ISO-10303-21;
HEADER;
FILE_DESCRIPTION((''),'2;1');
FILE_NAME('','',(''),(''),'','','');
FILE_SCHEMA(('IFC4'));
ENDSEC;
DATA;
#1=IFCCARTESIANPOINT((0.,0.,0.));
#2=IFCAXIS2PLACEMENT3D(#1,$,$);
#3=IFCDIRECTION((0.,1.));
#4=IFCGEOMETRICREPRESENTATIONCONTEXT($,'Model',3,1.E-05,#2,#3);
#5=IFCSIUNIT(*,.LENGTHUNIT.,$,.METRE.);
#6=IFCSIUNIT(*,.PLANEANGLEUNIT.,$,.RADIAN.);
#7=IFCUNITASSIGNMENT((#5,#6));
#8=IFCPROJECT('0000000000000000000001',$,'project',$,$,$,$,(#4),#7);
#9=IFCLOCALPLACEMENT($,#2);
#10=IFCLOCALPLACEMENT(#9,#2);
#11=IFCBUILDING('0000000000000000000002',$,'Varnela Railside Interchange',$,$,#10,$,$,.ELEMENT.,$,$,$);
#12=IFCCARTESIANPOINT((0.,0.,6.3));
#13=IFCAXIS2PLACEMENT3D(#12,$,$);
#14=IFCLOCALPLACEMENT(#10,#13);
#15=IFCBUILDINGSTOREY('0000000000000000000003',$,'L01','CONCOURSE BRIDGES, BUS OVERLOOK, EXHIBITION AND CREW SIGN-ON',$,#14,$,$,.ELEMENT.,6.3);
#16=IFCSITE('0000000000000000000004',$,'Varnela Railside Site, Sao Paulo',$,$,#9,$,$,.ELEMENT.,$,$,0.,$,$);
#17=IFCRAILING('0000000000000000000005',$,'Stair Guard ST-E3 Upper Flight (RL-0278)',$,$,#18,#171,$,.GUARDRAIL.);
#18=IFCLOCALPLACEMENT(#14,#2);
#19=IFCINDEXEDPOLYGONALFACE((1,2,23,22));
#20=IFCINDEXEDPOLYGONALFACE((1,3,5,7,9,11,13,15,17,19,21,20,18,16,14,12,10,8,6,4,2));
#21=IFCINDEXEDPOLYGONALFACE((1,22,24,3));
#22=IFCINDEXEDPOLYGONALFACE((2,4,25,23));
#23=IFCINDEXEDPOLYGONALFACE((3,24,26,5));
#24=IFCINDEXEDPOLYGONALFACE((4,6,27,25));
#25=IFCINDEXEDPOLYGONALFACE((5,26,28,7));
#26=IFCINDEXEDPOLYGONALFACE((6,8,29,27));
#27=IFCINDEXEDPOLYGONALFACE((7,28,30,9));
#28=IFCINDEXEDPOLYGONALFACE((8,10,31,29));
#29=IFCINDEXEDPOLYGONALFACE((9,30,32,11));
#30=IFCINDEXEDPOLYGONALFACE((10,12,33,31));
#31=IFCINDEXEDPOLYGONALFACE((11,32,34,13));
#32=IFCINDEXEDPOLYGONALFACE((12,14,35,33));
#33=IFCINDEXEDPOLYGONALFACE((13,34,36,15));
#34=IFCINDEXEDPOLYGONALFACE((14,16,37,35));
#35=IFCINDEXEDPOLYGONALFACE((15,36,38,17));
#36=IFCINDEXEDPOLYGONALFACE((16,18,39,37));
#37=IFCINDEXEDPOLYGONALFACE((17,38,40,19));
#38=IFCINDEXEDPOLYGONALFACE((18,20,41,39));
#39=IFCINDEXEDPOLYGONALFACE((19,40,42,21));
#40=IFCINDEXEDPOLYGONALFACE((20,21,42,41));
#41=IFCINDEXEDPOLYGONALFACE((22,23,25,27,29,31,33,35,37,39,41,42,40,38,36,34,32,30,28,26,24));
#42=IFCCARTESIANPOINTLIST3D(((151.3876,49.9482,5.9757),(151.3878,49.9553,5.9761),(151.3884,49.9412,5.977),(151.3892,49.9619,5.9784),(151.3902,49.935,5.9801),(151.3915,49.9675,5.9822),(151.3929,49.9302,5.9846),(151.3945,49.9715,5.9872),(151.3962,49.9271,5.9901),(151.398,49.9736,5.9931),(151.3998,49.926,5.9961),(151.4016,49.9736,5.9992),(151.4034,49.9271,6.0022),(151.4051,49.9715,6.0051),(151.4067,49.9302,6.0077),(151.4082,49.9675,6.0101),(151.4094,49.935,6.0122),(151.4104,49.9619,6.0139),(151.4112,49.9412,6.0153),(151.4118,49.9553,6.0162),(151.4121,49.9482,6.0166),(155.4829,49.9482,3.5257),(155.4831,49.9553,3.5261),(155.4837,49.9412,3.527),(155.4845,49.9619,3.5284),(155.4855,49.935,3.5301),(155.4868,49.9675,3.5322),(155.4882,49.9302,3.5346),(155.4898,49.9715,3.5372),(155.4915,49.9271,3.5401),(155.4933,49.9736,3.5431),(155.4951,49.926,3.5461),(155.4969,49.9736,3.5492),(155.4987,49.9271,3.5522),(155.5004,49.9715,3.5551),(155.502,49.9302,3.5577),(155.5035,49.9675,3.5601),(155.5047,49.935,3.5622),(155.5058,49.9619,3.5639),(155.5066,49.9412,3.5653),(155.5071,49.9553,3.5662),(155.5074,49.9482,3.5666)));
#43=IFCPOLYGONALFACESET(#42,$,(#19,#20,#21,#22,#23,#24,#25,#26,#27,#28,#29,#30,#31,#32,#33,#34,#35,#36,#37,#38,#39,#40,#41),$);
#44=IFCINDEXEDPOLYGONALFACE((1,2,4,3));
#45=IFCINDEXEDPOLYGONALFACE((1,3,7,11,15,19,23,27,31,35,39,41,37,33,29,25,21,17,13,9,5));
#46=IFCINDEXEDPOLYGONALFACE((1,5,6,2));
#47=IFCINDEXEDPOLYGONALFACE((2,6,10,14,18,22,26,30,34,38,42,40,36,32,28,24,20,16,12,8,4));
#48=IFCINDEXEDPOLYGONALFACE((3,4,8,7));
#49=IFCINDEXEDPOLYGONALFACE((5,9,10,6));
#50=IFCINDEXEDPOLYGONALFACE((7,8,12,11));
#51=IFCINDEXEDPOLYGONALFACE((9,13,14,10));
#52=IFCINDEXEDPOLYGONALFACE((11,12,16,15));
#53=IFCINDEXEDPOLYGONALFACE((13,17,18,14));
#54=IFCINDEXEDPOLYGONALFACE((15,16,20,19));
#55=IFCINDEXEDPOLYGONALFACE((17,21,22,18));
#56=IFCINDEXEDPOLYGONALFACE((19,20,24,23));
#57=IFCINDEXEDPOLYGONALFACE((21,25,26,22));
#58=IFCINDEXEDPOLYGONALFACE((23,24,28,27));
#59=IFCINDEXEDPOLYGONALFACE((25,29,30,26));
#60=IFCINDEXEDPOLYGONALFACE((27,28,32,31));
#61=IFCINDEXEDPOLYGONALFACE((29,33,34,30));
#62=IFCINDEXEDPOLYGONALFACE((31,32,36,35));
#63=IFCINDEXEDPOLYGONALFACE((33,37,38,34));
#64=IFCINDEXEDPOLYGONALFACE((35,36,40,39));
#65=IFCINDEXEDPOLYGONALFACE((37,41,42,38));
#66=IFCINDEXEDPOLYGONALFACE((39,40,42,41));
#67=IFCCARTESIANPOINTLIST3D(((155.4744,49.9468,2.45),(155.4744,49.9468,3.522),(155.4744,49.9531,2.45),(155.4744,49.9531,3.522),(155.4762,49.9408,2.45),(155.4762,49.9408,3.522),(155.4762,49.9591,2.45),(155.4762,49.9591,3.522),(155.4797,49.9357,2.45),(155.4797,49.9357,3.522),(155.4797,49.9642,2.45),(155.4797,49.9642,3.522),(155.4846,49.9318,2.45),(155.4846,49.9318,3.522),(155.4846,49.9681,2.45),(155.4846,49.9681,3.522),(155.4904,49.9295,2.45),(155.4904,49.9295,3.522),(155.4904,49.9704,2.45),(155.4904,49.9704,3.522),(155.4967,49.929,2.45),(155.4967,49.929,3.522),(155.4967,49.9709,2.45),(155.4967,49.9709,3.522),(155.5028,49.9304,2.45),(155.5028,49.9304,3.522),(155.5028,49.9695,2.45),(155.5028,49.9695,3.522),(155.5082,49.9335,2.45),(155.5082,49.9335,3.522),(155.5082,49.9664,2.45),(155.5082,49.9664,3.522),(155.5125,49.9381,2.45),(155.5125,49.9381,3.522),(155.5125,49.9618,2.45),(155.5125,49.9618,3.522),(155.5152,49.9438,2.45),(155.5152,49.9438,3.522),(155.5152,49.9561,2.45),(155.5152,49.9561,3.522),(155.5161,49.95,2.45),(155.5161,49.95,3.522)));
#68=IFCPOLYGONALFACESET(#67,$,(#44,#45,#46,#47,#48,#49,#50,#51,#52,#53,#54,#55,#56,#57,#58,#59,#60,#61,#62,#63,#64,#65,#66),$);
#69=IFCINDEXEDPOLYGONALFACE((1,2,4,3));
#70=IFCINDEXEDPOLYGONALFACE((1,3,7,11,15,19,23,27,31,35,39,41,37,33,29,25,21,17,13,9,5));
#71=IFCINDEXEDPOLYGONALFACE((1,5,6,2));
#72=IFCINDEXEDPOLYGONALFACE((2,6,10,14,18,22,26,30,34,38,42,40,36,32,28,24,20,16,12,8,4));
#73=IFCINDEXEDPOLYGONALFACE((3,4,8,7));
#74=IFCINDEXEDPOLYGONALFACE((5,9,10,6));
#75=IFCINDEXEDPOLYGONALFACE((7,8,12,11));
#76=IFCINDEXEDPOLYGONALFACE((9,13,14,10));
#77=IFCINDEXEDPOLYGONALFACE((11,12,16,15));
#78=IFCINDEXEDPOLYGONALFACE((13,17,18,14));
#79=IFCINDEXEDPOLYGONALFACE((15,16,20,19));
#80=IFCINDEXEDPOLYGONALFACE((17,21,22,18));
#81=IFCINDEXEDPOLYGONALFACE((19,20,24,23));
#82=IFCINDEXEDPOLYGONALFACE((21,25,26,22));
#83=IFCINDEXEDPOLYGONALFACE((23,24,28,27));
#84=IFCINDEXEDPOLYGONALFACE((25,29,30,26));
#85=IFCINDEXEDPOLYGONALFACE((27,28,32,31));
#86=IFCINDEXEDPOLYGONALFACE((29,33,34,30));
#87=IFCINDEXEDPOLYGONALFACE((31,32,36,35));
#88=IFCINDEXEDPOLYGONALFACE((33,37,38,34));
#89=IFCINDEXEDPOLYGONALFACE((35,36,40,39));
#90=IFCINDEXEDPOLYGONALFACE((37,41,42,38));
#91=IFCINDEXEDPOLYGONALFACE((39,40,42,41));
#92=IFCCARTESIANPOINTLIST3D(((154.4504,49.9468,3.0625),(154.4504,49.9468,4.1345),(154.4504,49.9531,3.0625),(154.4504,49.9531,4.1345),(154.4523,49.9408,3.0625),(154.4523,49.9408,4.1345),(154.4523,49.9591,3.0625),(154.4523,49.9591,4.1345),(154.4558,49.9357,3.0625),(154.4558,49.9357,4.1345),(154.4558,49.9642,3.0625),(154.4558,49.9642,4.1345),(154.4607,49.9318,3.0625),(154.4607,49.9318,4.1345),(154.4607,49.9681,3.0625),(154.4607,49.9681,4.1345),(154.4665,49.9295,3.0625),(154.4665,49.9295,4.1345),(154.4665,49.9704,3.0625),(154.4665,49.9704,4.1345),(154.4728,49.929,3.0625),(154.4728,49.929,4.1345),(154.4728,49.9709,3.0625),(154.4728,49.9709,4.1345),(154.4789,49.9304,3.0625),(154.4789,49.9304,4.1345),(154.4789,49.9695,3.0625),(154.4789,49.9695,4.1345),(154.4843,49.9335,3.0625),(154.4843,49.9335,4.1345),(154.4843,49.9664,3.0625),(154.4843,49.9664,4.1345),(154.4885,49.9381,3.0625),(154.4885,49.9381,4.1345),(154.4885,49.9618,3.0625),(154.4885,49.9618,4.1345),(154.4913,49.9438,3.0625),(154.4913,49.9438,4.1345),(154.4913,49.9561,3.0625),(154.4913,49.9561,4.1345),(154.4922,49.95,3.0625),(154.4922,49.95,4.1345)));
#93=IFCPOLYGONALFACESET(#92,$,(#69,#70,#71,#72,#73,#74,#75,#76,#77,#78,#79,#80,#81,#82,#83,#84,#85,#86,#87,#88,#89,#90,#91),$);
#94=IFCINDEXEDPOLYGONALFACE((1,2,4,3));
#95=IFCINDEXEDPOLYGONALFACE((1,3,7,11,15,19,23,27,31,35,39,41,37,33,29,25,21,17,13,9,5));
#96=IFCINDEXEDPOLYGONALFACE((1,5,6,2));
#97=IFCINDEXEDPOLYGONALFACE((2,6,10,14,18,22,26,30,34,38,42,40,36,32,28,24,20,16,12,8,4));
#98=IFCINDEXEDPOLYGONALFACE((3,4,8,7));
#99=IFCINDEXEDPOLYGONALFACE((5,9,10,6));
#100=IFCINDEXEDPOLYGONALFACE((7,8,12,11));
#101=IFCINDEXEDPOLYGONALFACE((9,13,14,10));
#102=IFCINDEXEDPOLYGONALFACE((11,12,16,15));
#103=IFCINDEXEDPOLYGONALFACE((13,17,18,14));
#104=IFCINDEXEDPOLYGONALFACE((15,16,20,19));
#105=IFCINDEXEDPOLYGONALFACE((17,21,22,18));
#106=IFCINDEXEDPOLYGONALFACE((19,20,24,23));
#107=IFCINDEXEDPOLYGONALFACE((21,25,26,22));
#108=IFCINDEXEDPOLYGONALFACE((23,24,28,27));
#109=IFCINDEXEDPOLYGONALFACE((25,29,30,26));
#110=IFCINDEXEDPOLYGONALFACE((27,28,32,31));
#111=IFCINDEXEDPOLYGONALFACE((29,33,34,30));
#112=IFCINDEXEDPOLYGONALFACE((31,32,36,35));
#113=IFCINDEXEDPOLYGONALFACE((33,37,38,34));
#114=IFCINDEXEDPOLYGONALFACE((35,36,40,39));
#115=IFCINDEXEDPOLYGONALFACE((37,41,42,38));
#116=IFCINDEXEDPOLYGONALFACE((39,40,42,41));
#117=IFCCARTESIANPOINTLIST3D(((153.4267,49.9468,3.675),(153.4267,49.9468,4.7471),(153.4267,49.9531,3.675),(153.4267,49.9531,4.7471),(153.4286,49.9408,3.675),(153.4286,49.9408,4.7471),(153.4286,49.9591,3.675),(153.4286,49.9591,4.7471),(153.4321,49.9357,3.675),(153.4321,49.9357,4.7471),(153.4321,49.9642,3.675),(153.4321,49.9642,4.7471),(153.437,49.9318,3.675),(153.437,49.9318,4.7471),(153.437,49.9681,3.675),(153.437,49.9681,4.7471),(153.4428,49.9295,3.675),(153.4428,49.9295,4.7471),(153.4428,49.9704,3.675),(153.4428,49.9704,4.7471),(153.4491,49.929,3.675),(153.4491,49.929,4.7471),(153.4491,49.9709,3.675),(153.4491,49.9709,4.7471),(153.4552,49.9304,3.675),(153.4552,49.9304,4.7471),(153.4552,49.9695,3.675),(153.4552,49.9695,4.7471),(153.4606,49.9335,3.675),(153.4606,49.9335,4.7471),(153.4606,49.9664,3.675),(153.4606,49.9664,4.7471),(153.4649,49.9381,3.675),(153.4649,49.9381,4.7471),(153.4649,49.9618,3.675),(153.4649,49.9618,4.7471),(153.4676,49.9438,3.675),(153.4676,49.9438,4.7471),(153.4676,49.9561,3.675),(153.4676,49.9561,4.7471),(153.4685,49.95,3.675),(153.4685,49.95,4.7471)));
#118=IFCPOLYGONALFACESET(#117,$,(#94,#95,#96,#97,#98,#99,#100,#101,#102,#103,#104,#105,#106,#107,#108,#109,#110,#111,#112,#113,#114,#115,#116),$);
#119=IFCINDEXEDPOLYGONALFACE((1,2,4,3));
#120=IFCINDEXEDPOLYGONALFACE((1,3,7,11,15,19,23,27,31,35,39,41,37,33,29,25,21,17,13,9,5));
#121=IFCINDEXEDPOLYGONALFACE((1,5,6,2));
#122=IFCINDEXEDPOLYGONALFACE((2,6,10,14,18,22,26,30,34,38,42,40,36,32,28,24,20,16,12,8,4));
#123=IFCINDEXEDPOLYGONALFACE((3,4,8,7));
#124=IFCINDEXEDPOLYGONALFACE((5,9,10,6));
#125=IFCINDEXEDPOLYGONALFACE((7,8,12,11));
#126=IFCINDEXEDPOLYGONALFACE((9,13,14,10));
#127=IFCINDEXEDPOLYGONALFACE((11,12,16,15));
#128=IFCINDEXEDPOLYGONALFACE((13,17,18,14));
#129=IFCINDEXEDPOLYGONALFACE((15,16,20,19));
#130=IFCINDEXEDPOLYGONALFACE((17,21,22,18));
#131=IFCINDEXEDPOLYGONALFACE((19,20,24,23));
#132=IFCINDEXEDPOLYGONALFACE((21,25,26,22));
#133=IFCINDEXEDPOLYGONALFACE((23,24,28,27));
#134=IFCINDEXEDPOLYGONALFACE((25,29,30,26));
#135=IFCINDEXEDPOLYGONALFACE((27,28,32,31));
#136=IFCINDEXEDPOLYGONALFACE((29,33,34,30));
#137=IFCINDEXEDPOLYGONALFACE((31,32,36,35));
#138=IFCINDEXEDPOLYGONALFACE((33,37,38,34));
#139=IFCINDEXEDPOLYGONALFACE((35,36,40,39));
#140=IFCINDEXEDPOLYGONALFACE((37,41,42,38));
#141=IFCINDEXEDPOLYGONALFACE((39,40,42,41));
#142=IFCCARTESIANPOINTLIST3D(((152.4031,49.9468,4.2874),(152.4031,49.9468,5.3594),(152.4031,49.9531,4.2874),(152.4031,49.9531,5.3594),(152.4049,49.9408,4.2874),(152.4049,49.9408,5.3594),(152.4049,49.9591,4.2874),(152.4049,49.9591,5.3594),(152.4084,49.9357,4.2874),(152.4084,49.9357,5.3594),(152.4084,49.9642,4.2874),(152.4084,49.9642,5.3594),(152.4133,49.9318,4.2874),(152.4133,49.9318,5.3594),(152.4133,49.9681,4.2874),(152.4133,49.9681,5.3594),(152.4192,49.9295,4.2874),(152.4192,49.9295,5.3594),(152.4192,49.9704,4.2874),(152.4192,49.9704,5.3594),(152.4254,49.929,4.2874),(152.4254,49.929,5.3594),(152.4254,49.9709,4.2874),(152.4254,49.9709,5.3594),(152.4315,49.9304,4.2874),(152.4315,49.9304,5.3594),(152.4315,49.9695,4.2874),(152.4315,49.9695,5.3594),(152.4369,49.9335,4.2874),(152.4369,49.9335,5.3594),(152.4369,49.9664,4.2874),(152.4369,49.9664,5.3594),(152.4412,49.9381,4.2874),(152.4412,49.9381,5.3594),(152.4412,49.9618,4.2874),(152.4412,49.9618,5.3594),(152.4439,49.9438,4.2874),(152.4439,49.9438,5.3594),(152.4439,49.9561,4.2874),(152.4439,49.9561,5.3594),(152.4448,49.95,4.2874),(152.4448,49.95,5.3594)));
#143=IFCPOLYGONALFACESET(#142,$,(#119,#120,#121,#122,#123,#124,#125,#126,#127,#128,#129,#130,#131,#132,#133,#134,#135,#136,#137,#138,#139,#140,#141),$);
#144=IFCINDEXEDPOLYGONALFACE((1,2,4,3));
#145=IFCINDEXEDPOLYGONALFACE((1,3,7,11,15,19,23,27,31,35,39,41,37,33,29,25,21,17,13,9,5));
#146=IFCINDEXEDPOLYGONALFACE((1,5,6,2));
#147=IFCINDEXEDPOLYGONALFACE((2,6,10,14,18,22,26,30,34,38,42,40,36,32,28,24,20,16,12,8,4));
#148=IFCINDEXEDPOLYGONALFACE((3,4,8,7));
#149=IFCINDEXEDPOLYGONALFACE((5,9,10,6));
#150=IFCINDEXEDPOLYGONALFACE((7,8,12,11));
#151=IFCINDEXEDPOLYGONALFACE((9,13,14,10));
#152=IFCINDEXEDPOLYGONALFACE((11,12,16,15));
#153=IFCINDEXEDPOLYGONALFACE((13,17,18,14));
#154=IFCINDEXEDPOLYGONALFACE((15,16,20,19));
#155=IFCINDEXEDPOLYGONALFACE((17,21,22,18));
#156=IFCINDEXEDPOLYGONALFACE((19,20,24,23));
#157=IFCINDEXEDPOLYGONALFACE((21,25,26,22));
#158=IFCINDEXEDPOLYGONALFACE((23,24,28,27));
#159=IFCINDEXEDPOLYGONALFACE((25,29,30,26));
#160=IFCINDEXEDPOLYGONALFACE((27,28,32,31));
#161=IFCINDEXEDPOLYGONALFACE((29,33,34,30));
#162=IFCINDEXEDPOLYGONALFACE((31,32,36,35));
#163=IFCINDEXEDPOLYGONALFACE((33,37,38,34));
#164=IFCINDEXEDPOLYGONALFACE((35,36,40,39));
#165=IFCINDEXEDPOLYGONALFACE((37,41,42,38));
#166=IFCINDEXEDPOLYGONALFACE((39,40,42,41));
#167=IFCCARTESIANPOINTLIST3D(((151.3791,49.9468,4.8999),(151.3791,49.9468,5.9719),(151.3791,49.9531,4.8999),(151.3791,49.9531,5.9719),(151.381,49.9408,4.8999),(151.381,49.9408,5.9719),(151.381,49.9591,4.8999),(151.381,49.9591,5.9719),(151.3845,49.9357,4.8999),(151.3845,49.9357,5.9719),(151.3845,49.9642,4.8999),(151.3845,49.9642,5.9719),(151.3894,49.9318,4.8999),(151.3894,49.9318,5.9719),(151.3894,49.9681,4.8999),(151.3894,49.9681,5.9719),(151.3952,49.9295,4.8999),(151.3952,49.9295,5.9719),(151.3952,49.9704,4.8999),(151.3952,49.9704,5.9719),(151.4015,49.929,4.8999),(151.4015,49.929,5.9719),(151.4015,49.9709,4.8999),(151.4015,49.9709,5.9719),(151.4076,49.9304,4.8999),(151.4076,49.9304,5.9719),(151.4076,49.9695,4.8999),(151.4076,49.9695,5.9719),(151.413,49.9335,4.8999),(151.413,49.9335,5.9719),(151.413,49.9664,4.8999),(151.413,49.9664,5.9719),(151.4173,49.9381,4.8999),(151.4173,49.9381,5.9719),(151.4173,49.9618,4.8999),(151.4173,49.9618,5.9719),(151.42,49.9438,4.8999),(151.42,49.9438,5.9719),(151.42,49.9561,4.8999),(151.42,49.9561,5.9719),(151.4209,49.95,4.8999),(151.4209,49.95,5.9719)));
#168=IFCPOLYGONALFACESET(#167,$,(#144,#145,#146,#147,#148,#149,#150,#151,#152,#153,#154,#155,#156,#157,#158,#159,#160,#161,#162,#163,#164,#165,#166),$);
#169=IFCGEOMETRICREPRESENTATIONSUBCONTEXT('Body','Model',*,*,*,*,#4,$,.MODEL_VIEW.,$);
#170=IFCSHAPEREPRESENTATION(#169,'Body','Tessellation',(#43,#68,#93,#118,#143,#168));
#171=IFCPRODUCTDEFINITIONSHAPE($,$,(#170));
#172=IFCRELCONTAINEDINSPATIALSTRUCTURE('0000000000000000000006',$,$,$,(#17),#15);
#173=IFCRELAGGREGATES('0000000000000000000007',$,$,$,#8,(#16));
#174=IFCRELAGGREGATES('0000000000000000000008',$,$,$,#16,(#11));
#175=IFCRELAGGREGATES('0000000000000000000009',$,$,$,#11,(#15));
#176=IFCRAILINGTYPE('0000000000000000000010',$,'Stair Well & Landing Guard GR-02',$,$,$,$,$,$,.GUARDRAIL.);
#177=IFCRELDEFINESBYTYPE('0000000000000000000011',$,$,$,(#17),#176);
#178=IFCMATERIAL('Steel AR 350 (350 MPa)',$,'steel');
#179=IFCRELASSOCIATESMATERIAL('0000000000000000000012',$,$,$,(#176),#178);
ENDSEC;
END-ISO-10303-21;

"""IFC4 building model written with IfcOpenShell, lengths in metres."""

from ifc_helpers import new_model, si_unit, direction, frame, origin, origin_2d, place, context, subcontext, project, spatial, circle, extrude, material, type_object, element, save


model = new_model("IFC4")

# Units and contexts
model_context = context("Model", 3, precision=1e-05, world=origin(), true_north=direction((0.0, 1.0)))
body_context = subcontext(model_context, "Body", "Model", "MODEL_VIEW")
ifc_project = project(units=[si_unit("LENGTHUNIT", "METRE"), si_unit("PLANEANGLEUNIT", "RADIAN")], contexts=[model_context])

# Site, building, storey
site_placement = place(None, origin())
site = spatial("IfcSite", under=ifc_project, at=site_placement, Name="Varnela Railside Site, Sao Paulo", CompositionType="ELEMENT", RefElevation=0.0)
building_placement = place(site_placement, origin())
building = spatial("IfcBuilding", under=site, at=building_placement, Name="Varnela Railside Interchange", CompositionType="ELEMENT")
storey_placement = place(building_placement, frame((0.0, 0.0, 6.3)))
storey = spatial("IfcBuildingStorey", under=building, at=storey_placement, Name="L01", Description="CONCOURSE BRIDGES, BUS OVERLOOK, EXHIBITION AND CREW SIGN-ON", CompositionType="ELEMENT", Elevation=6.3)

# Shared definitions
ifc_material_1 = material(Name="Steel AR 350 (350 MPa)", Category="steel")

# Railing
railing_type_1 = type_object("IfcRailingType", Name="Stair Well & Landing Guard GR-02", PredefinedType="GUARDRAIL", material=ifc_material_1)
railing_1_placement = place(storey_placement, frame((155.4951, 49.95, 2.45)))
element("IfcRailing", 1, at=railing_1_placement, inside=storey, type_object=railing_type_1, Name="Stair Guard ST-E3 Upper Flight (RL-0278)", PredefinedType="GUARDRAIL", context=body_context, shape_type="SweptSolid", body=[
    extrude(circle(Radius=0.0239, at=origin_2d()), frame((0.0, 0.0, 1.0962), z_axis=(-0.858156, 0.0, 0.513389), x_axis=(0.0, -1.0, 0.0)), (0.0, 0.0, 1.0), 4.7722),
    extrude(circle(Radius=0.021, at=origin_2d()), origin(), (0.0, 0.0, 1.0), 1.072),
    extrude(circle(Radius=0.021, at=origin_2d()), frame((-1.0239, 0.0, 0.6125)), (0.0, 0.0, 1.0), 1.072),
    extrude(circle(Radius=0.021, at=origin_2d()), frame((-2.0476, 0.0, 1.2251)), (0.0, 0.0, 1.0), 1.072),
    extrude(circle(Radius=0.021, at=origin_2d()), frame((-3.0713, 0.0, 1.8374)), (0.0, 0.0, 1.0), 1.072),
    extrude(circle(Radius=0.021, at=origin_2d()), frame((-4.0952, 0.0, 2.45)), (0.0, 0.0, 1.0), 1.072),
])

save(model, "model.ifc")
